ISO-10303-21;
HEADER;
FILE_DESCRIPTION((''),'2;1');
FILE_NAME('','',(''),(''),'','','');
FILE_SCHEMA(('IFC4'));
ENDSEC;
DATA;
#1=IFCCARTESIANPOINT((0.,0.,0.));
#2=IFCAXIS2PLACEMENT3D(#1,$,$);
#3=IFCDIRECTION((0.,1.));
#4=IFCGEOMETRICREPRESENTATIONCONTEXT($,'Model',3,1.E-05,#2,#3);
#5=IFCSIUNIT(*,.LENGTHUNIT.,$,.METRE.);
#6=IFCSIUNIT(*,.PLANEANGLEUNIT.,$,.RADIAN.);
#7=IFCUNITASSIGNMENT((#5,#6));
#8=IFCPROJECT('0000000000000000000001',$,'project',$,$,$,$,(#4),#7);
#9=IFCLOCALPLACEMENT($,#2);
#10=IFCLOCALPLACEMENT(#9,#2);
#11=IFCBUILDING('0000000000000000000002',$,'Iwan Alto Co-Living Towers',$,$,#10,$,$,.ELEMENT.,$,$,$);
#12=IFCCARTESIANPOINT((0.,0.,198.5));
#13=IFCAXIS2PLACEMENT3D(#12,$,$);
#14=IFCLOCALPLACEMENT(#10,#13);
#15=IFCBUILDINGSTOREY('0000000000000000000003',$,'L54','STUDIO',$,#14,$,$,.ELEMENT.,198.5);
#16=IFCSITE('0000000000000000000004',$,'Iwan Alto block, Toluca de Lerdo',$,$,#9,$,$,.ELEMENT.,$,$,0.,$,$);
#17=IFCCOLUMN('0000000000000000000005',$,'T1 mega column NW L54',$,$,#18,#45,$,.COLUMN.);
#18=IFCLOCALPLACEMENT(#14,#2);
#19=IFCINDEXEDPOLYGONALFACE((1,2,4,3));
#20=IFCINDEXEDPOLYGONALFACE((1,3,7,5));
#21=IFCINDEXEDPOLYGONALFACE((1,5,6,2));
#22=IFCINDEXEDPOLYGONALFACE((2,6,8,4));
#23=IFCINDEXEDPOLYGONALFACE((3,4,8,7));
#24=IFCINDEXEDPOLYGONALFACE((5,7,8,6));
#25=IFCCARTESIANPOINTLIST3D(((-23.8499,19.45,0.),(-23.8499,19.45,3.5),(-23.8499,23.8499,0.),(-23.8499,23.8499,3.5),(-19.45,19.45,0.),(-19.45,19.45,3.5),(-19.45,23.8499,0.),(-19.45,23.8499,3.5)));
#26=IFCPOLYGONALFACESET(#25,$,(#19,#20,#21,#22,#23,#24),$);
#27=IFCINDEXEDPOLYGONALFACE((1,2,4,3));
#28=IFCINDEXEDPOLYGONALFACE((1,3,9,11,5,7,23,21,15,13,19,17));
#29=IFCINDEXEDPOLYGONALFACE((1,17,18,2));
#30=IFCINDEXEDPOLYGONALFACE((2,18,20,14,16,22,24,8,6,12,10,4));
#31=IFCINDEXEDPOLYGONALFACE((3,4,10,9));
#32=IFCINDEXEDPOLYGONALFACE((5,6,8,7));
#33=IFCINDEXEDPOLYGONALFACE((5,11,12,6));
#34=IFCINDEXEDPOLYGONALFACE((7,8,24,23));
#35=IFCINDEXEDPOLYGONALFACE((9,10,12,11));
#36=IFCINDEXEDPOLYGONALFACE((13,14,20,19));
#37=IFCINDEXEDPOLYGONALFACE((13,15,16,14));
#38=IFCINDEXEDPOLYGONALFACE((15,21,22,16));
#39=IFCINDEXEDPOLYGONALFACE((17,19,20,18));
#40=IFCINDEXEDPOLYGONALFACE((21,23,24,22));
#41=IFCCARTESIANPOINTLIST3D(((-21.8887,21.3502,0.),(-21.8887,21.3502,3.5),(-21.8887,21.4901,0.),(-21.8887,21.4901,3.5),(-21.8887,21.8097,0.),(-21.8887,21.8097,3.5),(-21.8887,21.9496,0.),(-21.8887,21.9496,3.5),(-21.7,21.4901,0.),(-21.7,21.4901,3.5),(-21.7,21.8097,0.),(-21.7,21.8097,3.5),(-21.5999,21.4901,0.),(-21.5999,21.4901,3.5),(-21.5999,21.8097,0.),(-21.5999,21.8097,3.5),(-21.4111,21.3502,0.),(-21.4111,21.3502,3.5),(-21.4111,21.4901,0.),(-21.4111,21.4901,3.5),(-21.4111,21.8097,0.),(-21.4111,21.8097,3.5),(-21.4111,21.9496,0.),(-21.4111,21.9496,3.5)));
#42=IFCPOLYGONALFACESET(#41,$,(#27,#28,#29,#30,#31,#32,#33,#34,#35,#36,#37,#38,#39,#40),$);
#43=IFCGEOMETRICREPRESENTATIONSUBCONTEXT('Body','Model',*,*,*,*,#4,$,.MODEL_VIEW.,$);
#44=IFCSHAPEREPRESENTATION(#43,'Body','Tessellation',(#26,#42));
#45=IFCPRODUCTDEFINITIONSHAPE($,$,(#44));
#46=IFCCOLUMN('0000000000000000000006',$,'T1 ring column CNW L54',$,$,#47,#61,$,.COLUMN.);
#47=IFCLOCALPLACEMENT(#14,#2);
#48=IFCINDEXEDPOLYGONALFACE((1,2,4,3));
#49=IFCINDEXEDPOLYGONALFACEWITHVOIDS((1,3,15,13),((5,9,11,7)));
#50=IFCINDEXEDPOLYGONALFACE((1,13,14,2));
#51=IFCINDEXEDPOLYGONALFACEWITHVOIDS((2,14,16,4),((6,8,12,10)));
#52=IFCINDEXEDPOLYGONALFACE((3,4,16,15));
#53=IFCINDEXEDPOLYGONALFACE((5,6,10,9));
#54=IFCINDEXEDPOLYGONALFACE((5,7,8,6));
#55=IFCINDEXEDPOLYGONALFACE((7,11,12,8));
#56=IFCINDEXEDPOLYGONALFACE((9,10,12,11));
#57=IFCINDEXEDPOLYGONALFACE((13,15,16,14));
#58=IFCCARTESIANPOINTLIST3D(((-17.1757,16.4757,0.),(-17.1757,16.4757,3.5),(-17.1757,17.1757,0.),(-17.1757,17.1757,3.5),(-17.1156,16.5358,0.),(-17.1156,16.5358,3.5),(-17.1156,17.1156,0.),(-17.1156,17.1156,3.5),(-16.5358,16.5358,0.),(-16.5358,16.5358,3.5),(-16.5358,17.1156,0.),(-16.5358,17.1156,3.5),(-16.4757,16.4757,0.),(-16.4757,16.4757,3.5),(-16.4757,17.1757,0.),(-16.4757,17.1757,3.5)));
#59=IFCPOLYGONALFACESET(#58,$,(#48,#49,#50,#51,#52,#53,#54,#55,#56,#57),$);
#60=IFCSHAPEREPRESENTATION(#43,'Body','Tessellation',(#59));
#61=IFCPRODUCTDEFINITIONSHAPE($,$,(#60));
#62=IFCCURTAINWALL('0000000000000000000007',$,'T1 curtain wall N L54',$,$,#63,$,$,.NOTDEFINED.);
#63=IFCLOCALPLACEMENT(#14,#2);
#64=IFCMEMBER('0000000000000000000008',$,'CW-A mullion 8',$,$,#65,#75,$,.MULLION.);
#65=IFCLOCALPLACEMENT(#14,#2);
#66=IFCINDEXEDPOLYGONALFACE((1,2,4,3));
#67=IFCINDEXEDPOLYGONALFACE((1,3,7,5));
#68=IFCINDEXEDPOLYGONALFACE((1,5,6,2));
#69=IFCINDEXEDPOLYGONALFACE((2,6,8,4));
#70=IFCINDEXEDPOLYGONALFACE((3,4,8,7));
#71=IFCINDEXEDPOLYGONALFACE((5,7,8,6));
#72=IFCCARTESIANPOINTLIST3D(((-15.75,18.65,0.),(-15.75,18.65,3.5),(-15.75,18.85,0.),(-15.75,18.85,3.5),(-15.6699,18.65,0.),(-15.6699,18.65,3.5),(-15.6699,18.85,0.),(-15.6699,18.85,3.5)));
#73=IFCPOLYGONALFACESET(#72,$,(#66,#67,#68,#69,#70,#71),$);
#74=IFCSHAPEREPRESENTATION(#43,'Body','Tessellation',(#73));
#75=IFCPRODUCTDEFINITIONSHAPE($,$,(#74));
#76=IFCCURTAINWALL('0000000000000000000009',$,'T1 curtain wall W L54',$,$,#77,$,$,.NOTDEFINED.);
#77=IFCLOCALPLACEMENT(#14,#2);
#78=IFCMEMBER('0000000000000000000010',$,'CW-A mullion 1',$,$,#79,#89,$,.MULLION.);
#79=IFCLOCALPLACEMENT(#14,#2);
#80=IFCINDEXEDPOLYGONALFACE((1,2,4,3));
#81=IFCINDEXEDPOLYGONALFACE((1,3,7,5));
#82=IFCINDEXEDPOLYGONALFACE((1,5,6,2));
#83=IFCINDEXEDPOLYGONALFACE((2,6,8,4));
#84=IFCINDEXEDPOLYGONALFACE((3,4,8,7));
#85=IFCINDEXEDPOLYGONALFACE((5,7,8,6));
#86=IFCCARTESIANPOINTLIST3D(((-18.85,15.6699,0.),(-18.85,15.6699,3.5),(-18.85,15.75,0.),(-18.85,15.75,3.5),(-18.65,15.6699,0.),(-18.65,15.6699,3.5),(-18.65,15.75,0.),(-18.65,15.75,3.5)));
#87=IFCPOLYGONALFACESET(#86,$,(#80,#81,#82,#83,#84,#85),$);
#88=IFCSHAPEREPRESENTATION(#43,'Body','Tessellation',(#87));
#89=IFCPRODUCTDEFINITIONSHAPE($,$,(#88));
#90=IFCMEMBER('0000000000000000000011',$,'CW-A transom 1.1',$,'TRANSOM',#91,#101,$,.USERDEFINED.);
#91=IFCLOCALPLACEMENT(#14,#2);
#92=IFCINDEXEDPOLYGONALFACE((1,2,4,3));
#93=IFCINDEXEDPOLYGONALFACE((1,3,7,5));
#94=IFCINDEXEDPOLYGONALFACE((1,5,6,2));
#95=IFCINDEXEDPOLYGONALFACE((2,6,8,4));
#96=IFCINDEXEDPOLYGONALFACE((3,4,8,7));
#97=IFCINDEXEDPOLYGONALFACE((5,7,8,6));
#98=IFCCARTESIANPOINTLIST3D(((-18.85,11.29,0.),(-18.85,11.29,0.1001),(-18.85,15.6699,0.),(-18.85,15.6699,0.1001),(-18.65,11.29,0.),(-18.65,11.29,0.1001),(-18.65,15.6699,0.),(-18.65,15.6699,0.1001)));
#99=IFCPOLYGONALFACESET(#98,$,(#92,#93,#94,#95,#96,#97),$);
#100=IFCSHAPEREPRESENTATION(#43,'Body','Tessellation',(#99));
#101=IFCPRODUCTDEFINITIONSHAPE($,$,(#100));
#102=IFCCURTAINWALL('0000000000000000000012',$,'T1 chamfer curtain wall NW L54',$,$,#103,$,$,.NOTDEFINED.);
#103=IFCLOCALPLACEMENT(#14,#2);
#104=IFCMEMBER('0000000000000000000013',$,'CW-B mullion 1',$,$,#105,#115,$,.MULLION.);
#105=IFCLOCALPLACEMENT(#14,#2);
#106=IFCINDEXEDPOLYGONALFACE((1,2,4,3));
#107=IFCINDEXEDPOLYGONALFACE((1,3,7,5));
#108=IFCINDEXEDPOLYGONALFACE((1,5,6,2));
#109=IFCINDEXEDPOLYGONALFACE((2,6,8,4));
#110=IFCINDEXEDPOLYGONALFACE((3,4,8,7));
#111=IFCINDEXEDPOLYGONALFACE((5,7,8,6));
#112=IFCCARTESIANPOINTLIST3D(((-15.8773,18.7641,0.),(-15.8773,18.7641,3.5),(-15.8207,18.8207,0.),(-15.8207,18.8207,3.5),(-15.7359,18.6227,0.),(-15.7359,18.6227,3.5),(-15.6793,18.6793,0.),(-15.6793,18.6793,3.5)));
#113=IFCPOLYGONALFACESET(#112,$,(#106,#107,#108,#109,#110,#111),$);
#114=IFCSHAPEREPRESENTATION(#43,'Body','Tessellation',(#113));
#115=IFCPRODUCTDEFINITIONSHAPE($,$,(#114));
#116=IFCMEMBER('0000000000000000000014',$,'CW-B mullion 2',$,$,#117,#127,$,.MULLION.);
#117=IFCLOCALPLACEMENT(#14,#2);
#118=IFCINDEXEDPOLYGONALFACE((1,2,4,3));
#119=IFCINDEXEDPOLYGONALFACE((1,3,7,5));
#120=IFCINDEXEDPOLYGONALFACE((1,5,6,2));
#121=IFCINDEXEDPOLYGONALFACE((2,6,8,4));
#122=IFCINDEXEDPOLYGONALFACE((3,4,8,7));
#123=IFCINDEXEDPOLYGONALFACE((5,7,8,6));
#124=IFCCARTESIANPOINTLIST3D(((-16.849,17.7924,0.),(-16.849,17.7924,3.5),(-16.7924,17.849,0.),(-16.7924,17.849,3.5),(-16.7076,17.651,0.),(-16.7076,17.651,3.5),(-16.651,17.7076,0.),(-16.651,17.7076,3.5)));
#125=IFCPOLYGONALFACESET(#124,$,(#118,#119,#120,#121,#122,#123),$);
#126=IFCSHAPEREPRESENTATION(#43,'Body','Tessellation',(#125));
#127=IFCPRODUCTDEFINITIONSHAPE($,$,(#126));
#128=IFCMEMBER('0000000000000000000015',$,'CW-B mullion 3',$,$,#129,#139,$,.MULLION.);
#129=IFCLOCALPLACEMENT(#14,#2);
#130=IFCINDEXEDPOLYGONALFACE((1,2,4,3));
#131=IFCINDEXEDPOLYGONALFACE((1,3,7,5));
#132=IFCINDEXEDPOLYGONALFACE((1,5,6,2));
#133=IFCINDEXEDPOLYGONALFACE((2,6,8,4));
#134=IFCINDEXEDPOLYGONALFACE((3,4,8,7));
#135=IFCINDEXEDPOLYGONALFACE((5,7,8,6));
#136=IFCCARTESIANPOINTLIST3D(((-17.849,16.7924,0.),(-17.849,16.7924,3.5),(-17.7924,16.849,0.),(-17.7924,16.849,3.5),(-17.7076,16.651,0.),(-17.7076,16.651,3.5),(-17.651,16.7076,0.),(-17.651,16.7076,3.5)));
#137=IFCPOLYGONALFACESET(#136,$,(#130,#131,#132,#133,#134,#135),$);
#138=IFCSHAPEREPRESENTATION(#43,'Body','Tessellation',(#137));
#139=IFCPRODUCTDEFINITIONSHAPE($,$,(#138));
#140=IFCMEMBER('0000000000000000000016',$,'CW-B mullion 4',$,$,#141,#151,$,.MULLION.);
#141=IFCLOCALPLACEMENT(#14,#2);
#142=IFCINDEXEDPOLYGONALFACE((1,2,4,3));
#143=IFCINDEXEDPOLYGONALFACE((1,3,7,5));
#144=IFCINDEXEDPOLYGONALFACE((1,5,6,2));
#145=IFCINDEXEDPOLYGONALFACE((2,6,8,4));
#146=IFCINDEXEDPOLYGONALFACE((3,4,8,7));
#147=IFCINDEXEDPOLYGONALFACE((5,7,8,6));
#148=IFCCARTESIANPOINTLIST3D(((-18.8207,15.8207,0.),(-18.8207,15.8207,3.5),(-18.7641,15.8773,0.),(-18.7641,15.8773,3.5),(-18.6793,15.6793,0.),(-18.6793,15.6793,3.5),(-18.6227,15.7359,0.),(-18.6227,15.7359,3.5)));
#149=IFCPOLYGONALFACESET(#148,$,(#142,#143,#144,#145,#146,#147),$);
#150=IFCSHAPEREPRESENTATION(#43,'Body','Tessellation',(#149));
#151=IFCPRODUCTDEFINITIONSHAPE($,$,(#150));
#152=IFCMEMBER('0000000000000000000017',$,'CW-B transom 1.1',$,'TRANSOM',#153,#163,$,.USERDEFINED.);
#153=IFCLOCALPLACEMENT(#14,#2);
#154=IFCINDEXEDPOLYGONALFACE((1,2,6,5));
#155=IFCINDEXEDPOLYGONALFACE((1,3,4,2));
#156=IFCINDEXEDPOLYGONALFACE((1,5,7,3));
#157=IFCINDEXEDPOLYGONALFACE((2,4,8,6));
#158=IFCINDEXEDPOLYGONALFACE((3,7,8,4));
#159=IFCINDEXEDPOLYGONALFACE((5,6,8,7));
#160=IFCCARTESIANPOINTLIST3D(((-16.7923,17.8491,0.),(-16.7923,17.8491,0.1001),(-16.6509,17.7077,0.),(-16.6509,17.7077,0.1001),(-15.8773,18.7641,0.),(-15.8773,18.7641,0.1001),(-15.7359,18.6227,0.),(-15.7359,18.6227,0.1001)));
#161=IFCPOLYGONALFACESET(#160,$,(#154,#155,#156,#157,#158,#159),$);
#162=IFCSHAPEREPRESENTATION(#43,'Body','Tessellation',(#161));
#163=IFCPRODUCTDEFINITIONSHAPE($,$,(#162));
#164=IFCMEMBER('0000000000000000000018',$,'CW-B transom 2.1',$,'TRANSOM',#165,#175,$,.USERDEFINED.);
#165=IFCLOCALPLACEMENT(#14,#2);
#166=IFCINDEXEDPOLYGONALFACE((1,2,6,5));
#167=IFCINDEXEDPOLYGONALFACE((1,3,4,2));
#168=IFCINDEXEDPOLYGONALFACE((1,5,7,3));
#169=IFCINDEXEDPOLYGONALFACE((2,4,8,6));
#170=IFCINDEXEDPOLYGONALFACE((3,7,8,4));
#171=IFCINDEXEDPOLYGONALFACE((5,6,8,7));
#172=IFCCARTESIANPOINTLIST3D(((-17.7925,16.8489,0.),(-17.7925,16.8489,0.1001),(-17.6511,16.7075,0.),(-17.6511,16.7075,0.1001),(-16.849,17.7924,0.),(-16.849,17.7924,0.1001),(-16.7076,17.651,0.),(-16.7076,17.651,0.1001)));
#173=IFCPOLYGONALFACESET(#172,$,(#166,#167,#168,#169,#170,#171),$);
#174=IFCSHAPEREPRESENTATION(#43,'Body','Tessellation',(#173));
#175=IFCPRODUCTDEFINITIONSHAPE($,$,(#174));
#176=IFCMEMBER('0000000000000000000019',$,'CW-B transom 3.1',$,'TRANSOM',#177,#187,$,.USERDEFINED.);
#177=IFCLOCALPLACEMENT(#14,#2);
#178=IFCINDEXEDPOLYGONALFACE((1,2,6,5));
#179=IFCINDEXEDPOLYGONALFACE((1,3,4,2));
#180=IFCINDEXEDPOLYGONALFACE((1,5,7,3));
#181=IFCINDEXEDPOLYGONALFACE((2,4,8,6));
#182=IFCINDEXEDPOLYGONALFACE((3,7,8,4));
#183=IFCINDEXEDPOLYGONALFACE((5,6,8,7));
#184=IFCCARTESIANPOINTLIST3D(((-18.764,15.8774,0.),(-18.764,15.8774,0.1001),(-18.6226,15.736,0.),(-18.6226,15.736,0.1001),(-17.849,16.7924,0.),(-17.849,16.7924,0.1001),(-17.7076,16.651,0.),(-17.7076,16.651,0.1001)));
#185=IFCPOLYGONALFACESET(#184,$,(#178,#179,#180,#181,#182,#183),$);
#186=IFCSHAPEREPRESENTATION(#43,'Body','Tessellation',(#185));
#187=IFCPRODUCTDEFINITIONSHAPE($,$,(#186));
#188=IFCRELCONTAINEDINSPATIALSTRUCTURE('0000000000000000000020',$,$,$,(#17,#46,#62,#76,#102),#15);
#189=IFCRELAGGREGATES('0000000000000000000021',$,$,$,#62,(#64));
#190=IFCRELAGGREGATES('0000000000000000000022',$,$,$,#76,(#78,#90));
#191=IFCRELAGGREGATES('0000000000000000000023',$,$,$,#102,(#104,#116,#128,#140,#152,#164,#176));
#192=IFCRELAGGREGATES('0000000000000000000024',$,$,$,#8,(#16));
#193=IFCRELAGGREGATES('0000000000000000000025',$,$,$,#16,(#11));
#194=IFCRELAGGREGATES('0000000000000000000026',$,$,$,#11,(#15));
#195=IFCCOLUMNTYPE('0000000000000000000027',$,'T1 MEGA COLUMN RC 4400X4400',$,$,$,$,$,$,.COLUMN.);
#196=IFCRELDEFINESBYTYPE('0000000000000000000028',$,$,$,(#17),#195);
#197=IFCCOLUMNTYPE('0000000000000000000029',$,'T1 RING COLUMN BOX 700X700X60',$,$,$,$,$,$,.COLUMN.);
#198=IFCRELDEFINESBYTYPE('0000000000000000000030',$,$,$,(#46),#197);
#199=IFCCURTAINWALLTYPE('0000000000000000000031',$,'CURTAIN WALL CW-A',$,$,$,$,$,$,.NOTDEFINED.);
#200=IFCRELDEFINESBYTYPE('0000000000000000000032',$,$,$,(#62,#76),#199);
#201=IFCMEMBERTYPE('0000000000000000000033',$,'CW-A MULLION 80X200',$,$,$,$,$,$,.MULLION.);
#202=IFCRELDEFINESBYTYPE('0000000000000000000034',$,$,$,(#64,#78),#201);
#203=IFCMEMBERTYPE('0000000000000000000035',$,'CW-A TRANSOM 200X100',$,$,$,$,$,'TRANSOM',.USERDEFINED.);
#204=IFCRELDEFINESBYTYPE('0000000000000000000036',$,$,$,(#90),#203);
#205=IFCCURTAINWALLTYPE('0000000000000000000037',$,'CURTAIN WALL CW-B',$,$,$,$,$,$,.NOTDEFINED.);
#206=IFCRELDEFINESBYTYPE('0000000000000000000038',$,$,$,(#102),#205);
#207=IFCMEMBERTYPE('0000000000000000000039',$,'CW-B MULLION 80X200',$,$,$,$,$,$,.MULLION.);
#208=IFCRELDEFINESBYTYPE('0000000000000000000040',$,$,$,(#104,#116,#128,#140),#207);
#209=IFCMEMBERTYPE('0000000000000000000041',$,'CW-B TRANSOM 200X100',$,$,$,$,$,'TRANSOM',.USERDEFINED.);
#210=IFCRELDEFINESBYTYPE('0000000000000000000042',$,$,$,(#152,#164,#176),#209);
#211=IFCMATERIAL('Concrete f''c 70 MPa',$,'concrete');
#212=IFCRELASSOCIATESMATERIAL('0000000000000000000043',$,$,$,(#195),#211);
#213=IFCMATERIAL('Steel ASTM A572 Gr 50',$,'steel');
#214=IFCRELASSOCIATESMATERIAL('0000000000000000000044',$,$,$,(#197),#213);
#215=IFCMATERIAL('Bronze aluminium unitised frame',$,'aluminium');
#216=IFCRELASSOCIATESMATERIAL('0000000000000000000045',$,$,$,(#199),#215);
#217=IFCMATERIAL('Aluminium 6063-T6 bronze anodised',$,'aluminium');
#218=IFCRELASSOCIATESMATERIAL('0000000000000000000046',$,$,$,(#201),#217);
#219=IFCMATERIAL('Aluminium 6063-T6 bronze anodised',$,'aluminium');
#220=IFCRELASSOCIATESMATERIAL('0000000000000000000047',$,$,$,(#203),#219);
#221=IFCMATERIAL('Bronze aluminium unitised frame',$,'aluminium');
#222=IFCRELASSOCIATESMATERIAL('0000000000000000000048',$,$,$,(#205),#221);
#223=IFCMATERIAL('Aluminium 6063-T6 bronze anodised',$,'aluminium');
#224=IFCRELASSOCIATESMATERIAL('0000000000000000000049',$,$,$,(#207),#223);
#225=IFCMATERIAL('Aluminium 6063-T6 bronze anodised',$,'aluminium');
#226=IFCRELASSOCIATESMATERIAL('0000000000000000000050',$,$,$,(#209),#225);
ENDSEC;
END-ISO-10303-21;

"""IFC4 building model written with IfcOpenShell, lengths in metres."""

from ifc_helpers import new_model, si_unit, direction, frame, origin, origin_2d, place, context, subcontext, project, spatial, rectangle, hollow_rectangle, i_section, extrude, material, material_profile, profile_set, type_object, element, aggregate, save


model = new_model("IFC4")

# Units and contexts
model_context = context("Model", 3, precision=1e-05, world=origin(), true_north=direction((0.0, 1.0)))
body_context = subcontext(model_context, "Body", "Model", "MODEL_VIEW")
ifc_project = project(units=[si_unit("LENGTHUNIT", "METRE"), si_unit("PLANEANGLEUNIT", "RADIAN")], contexts=[model_context])

# Site, building, storey
site_placement = place(None, origin())
site = spatial("IfcSite", under=ifc_project, at=site_placement, Name="Iwan Alto block, Toluca de Lerdo", CompositionType="ELEMENT", RefElevation=0.0)
building_placement = place(site_placement, origin())
building = spatial("IfcBuilding", under=site, at=building_placement, Name="Iwan Alto Co-Living Towers", CompositionType="ELEMENT")
storey_placement = place(building_placement, frame((0.0, 0.0, 198.5)))
storey = spatial("IfcBuildingStorey", under=building, at=storey_placement, Name="L54", Description="STUDIO", CompositionType="ELEMENT", Elevation=198.5)

# Columns
ifc_material_1 = material(Name="Concrete f'c 70 MPa", Category="concrete")
ifc_material_profile_1 = material_profile(ifc_material_1, rectangle(XDim=4.3999, YDim=4.3999, at=origin_2d()), Name="RC 4400X4400")
ifc_profile_set_1 = profile_set([ifc_material_profile_1], Name="Concrete f'c 70 MPa")
column_type_1 = type_object("IfcColumnType", Name="T1 MEGA COLUMN RC 4400X4400", PredefinedType="COLUMN", material=ifc_profile_set_1)
column_1_placement = place(storey_placement, frame((-21.6499, 21.6499, 0.0), z_axis=(0.0, 0.0, 1.0), x_axis=(1.0, 0.0, 0.0)))
element("IfcColumn", 1, at=column_1_placement, inside=storey, type_object=column_type_1, Name="T1 mega column NW L54", PredefinedType="COLUMN", context=body_context, shape_type="SweptSolid", body=[
    extrude(rectangle(XDim=4.3999, YDim=4.3999, at=origin_2d()), origin(), (0.0, 0.0, 1.0), 3.5),
    extrude(i_section(OverallWidth=0.4775, OverallDepth=0.5994, WebThickness=0.1001, FlangeThickness=0.1399, at=origin_2d()), origin(), (0.0, 0.0, 1.0), 3.5),
])
ifc_material_2 = material(Name="Steel ASTM A572 Gr 50", Category="steel")
ifc_material_profile_2 = material_profile(ifc_material_2, hollow_rectangle(XDim=0.7, YDim=0.7, WallThickness=0.0601, at=origin_2d()), Name="BOX 700X700X60")
ifc_profile_set_2 = profile_set([ifc_material_profile_2], Name="Steel ASTM A572 Gr 50")
column_type_2 = type_object("IfcColumnType", Name="T1 RING COLUMN BOX 700X700X60", PredefinedType="COLUMN", material=ifc_profile_set_2)
column_2_placement = place(storey_placement, frame((-16.8257, 16.8257, 0.0), z_axis=(0.0, 0.0, 1.0), x_axis=(1.0, 0.0, 0.0)))
element("IfcColumn", 2, at=column_2_placement, inside=storey, type_object=column_type_2, Name="T1 ring column CNW L54", PredefinedType="COLUMN", context=body_context, shape_type="SweptSolid", body=[
    extrude(hollow_rectangle(XDim=0.7, YDim=0.7, WallThickness=0.0601, at=origin_2d()), origin(), (0.0, 0.0, 1.0), 3.5),
])

# Curtain wall, member
ifc_material_3 = material(Name="Bronze aluminium unitised frame", Category="aluminium")
curtain_wall_type_1 = type_object("IfcCurtainWallType", Name="CURTAIN WALL CW-A", PredefinedType="NOTDEFINED", material=ifc_material_3)
curtain_wall_1_placement = place(storey_placement, origin())
curtain_wall_1 = element("IfcCurtainWall", 3, at=curtain_wall_1_placement, inside=storey, type_object=curtain_wall_type_1, Name="T1 curtain wall N L54", PredefinedType="NOTDEFINED")
ifc_material_4 = material(Name="Aluminium 6063-T6 bronze anodised", Category="aluminium")
ifc_material_profile_3 = material_profile(ifc_material_4, rectangle(XDim=0.2, YDim=0.0801, at=origin_2d()), Name="AL 80X200")
ifc_profile_set_3 = profile_set([ifc_material_profile_3], Name="Aluminium 6063-T6 bronze anodised")
member_type_1 = type_object("IfcMemberType", Name="CW-A MULLION 80X200", PredefinedType="MULLION", material=ifc_profile_set_3)
member_1_placement = place(storey_placement, frame((-15.71, 18.75, 0.0), z_axis=(0.0, 0.0, 1.0), x_axis=(0.0, -1.0, 0.0)))
member_1 = element("IfcMember", 4, at=member_1_placement, type_object=member_type_1, Name="CW-A mullion 8", PredefinedType="MULLION", context=body_context, shape_type="SweptSolid", body=[
    extrude(rectangle(XDim=0.2, YDim=0.0801, at=origin_2d()), origin(), (0.0, 0.0, 1.0), 3.5),
])
aggregate(curtain_wall_1, [member_1])

# Curtain walls, members
curtain_wall_2_placement = place(storey_placement, origin())
curtain_wall_2 = element("IfcCurtainWall", 5, at=curtain_wall_2_placement, inside=storey, type_object=curtain_wall_type_1, Name="T1 curtain wall W L54", PredefinedType="NOTDEFINED")
member_2_placement = place(storey_placement, frame((-18.75, 15.71, 0.0), z_axis=(0.0, 0.0, 1.0), x_axis=(1.0, 0.0, 0.0)))
member_2 = element("IfcMember", 6, at=member_2_placement, type_object=member_type_1, Name="CW-A mullion 1", PredefinedType="MULLION", context=body_context, shape_type="SweptSolid", body=[
    extrude(rectangle(XDim=0.2, YDim=0.0801, at=origin_2d()), origin(), (0.0, 0.0, 1.0), 3.5),
])
ifc_material_5 = material(Name="Aluminium 6063-T6 bronze anodised", Category="aluminium")
ifc_material_profile_4 = material_profile(ifc_material_5, rectangle(XDim=0.2, YDim=0.1001, at=origin_2d()), Name="AL 200X100")
ifc_profile_set_4 = profile_set([ifc_material_profile_4], Name="Aluminium 6063-T6 bronze anodised")
member_type_2 = type_object("IfcMemberType", Name="CW-A TRANSOM 200X100", ElementType="TRANSOM", PredefinedType="USERDEFINED", material=ifc_profile_set_4)
member_3_placement = place(storey_placement, frame((-18.75, 15.6699, 0.05), z_axis=(0.0, -1.0, 0.0), x_axis=(1.0, 0.0, 0.0)))
member_3 = element("IfcMember", 7, at=member_3_placement, type_object=member_type_2, Name="CW-A transom 1.1", ObjectType="TRANSOM", PredefinedType="USERDEFINED", context=body_context, shape_type="SweptSolid", body=[
    extrude(rectangle(XDim=0.2, YDim=0.1001, at=origin_2d()), origin(), (0.0, 0.0, 1.0), 4.3799),
])
ifc_material_6 = material(Name="Bronze aluminium unitised frame", Category="aluminium")
curtain_wall_type_2 = type_object("IfcCurtainWallType", Name="CURTAIN WALL CW-B", PredefinedType="NOTDEFINED", material=ifc_material_6)
curtain_wall_3_placement = place(storey_placement, origin())
curtain_wall_3 = element("IfcCurtainWall", 8, at=curtain_wall_3_placement, inside=storey, type_object=curtain_wall_type_2, Name="T1 chamfer curtain wall NW L54", PredefinedType="NOTDEFINED")
ifc_material_7 = material(Name="Aluminium 6063-T6 bronze anodised", Category="aluminium")
ifc_material_profile_5 = material_profile(ifc_material_7, rectangle(XDim=0.2, YDim=0.0801, at=origin_2d()), Name="AL 80X200")
ifc_profile_set_5 = profile_set([ifc_material_profile_5], Name="Aluminium 6063-T6 bronze anodised")
member_type_3 = type_object("IfcMemberType", Name="CW-B MULLION 80X200", PredefinedType="MULLION", material=ifc_profile_set_5)
member_4_placement = place(storey_placement, frame((-15.7783, 18.7217, 0.0), z_axis=(0.0, 0.0, 1.0), x_axis=(0.707107, -0.707107, 0.0)))
member_4 = element("IfcMember", 9, at=member_4_placement, type_object=member_type_3, Name="CW-B mullion 1", PredefinedType="MULLION", context=body_context, shape_type="SweptSolid", body=[
    extrude(rectangle(XDim=0.2, YDim=0.0801, at=origin_2d()), origin(), (0.0, 0.0, 1.0), 3.5),
])
member_5_placement = place(storey_placement, frame((-16.75, 17.75, 0.0), z_axis=(0.0, 0.0, 1.0), x_axis=(0.707107, -0.707107, 0.0)))
member_5 = element("IfcMember", 10, at=member_5_placement, type_object=member_type_3, Name="CW-B mullion 2", PredefinedType="MULLION", context=body_context, shape_type="SweptSolid", body=[
    extrude(rectangle(XDim=0.2, YDim=0.0801, at=origin_2d()), origin(), (0.0, 0.0, 1.0), 3.5),
])
member_6_placement = place(storey_placement, frame((-17.75, 16.75, 0.0), z_axis=(0.0, 0.0, 1.0), x_axis=(0.707107, -0.707107, 0.0)))
member_6 = element("IfcMember", 11, at=member_6_placement, type_object=member_type_3, Name="CW-B mullion 3", PredefinedType="MULLION", context=body_context, shape_type="SweptSolid", body=[
    extrude(rectangle(XDim=0.2, YDim=0.0801, at=origin_2d()), origin(), (0.0, 0.0, 1.0), 3.5),
])
member_7_placement = place(storey_placement, frame((-18.7217, 15.7783, 0.0), z_axis=(0.0, 0.0, 1.0), x_axis=(0.707107, -0.707107, 0.0)))
member_7 = element("IfcMember", 12, at=member_7_placement, type_object=member_type_3, Name="CW-B mullion 4", PredefinedType="MULLION", context=body_context, shape_type="SweptSolid", body=[
    extrude(rectangle(XDim=0.2, YDim=0.0801, at=origin_2d()), origin(), (0.0, 0.0, 1.0), 3.5),
])
ifc_material_8 = material(Name="Aluminium 6063-T6 bronze anodised", Category="aluminium")
ifc_material_profile_6 = material_profile(ifc_material_8, rectangle(XDim=0.2, YDim=0.1001, at=origin_2d()), Name="AL 200X100")
ifc_profile_set_6 = profile_set([ifc_material_profile_6], Name="Aluminium 6063-T6 bronze anodised")
member_type_4 = type_object("IfcMemberType", Name="CW-B TRANSOM 200X100", ElementType="TRANSOM", PredefinedType="USERDEFINED", material=ifc_profile_set_6)
member_8_placement = place(storey_placement, frame((-15.8066, 18.6934, 0.05), z_axis=(-0.707107, -0.707107, 0.0), x_axis=(0.707107, -0.707107, 0.0)))
member_8 = element("IfcMember", 13, at=member_8_placement, type_object=member_type_4, Name="CW-B transom 1.1", ObjectType="TRANSOM", PredefinedType="USERDEFINED", context=body_context, shape_type="SweptSolid", body=[
    extrude(rectangle(XDim=0.2, YDim=0.1001, at=origin_2d()), origin(), (0.0, 0.0, 1.0), 1.2939),
])
member_9_placement = place(storey_placement, frame((-16.7783, 17.7217, 0.05), z_axis=(-0.707107, -0.707107, 0.0), x_axis=(0.707107, -0.707107, 0.0)))
member_9 = element("IfcMember", 14, at=member_9_placement, type_object=member_type_4, Name="CW-B transom 2.1", ObjectType="TRANSOM", PredefinedType="USERDEFINED", context=body_context, shape_type="SweptSolid", body=[
    extrude(rectangle(XDim=0.2, YDim=0.1001, at=origin_2d()), origin(), (0.0, 0.0, 1.0), 1.3342),
])
member_10_placement = place(storey_placement, frame((-17.7783, 16.7217, 0.05), z_axis=(-0.707107, -0.707107, 0.0), x_axis=(0.707107, -0.707107, 0.0)))
member_10 = element("IfcMember", 15, at=member_10_placement, type_object=member_type_4, Name="CW-B transom 3.1", ObjectType="TRANSOM", PredefinedType="USERDEFINED", context=body_context, shape_type="SweptSolid", body=[
    extrude(rectangle(XDim=0.2, YDim=0.1001, at=origin_2d()), origin(), (0.0, 0.0, 1.0), 1.2939),
])

aggregate(curtain_wall_2, [member_2, member_3])
aggregate(curtain_wall_3, [member_4, member_5, member_6, member_7, member_8, member_9, member_10])

save(model, "model.ifc")
